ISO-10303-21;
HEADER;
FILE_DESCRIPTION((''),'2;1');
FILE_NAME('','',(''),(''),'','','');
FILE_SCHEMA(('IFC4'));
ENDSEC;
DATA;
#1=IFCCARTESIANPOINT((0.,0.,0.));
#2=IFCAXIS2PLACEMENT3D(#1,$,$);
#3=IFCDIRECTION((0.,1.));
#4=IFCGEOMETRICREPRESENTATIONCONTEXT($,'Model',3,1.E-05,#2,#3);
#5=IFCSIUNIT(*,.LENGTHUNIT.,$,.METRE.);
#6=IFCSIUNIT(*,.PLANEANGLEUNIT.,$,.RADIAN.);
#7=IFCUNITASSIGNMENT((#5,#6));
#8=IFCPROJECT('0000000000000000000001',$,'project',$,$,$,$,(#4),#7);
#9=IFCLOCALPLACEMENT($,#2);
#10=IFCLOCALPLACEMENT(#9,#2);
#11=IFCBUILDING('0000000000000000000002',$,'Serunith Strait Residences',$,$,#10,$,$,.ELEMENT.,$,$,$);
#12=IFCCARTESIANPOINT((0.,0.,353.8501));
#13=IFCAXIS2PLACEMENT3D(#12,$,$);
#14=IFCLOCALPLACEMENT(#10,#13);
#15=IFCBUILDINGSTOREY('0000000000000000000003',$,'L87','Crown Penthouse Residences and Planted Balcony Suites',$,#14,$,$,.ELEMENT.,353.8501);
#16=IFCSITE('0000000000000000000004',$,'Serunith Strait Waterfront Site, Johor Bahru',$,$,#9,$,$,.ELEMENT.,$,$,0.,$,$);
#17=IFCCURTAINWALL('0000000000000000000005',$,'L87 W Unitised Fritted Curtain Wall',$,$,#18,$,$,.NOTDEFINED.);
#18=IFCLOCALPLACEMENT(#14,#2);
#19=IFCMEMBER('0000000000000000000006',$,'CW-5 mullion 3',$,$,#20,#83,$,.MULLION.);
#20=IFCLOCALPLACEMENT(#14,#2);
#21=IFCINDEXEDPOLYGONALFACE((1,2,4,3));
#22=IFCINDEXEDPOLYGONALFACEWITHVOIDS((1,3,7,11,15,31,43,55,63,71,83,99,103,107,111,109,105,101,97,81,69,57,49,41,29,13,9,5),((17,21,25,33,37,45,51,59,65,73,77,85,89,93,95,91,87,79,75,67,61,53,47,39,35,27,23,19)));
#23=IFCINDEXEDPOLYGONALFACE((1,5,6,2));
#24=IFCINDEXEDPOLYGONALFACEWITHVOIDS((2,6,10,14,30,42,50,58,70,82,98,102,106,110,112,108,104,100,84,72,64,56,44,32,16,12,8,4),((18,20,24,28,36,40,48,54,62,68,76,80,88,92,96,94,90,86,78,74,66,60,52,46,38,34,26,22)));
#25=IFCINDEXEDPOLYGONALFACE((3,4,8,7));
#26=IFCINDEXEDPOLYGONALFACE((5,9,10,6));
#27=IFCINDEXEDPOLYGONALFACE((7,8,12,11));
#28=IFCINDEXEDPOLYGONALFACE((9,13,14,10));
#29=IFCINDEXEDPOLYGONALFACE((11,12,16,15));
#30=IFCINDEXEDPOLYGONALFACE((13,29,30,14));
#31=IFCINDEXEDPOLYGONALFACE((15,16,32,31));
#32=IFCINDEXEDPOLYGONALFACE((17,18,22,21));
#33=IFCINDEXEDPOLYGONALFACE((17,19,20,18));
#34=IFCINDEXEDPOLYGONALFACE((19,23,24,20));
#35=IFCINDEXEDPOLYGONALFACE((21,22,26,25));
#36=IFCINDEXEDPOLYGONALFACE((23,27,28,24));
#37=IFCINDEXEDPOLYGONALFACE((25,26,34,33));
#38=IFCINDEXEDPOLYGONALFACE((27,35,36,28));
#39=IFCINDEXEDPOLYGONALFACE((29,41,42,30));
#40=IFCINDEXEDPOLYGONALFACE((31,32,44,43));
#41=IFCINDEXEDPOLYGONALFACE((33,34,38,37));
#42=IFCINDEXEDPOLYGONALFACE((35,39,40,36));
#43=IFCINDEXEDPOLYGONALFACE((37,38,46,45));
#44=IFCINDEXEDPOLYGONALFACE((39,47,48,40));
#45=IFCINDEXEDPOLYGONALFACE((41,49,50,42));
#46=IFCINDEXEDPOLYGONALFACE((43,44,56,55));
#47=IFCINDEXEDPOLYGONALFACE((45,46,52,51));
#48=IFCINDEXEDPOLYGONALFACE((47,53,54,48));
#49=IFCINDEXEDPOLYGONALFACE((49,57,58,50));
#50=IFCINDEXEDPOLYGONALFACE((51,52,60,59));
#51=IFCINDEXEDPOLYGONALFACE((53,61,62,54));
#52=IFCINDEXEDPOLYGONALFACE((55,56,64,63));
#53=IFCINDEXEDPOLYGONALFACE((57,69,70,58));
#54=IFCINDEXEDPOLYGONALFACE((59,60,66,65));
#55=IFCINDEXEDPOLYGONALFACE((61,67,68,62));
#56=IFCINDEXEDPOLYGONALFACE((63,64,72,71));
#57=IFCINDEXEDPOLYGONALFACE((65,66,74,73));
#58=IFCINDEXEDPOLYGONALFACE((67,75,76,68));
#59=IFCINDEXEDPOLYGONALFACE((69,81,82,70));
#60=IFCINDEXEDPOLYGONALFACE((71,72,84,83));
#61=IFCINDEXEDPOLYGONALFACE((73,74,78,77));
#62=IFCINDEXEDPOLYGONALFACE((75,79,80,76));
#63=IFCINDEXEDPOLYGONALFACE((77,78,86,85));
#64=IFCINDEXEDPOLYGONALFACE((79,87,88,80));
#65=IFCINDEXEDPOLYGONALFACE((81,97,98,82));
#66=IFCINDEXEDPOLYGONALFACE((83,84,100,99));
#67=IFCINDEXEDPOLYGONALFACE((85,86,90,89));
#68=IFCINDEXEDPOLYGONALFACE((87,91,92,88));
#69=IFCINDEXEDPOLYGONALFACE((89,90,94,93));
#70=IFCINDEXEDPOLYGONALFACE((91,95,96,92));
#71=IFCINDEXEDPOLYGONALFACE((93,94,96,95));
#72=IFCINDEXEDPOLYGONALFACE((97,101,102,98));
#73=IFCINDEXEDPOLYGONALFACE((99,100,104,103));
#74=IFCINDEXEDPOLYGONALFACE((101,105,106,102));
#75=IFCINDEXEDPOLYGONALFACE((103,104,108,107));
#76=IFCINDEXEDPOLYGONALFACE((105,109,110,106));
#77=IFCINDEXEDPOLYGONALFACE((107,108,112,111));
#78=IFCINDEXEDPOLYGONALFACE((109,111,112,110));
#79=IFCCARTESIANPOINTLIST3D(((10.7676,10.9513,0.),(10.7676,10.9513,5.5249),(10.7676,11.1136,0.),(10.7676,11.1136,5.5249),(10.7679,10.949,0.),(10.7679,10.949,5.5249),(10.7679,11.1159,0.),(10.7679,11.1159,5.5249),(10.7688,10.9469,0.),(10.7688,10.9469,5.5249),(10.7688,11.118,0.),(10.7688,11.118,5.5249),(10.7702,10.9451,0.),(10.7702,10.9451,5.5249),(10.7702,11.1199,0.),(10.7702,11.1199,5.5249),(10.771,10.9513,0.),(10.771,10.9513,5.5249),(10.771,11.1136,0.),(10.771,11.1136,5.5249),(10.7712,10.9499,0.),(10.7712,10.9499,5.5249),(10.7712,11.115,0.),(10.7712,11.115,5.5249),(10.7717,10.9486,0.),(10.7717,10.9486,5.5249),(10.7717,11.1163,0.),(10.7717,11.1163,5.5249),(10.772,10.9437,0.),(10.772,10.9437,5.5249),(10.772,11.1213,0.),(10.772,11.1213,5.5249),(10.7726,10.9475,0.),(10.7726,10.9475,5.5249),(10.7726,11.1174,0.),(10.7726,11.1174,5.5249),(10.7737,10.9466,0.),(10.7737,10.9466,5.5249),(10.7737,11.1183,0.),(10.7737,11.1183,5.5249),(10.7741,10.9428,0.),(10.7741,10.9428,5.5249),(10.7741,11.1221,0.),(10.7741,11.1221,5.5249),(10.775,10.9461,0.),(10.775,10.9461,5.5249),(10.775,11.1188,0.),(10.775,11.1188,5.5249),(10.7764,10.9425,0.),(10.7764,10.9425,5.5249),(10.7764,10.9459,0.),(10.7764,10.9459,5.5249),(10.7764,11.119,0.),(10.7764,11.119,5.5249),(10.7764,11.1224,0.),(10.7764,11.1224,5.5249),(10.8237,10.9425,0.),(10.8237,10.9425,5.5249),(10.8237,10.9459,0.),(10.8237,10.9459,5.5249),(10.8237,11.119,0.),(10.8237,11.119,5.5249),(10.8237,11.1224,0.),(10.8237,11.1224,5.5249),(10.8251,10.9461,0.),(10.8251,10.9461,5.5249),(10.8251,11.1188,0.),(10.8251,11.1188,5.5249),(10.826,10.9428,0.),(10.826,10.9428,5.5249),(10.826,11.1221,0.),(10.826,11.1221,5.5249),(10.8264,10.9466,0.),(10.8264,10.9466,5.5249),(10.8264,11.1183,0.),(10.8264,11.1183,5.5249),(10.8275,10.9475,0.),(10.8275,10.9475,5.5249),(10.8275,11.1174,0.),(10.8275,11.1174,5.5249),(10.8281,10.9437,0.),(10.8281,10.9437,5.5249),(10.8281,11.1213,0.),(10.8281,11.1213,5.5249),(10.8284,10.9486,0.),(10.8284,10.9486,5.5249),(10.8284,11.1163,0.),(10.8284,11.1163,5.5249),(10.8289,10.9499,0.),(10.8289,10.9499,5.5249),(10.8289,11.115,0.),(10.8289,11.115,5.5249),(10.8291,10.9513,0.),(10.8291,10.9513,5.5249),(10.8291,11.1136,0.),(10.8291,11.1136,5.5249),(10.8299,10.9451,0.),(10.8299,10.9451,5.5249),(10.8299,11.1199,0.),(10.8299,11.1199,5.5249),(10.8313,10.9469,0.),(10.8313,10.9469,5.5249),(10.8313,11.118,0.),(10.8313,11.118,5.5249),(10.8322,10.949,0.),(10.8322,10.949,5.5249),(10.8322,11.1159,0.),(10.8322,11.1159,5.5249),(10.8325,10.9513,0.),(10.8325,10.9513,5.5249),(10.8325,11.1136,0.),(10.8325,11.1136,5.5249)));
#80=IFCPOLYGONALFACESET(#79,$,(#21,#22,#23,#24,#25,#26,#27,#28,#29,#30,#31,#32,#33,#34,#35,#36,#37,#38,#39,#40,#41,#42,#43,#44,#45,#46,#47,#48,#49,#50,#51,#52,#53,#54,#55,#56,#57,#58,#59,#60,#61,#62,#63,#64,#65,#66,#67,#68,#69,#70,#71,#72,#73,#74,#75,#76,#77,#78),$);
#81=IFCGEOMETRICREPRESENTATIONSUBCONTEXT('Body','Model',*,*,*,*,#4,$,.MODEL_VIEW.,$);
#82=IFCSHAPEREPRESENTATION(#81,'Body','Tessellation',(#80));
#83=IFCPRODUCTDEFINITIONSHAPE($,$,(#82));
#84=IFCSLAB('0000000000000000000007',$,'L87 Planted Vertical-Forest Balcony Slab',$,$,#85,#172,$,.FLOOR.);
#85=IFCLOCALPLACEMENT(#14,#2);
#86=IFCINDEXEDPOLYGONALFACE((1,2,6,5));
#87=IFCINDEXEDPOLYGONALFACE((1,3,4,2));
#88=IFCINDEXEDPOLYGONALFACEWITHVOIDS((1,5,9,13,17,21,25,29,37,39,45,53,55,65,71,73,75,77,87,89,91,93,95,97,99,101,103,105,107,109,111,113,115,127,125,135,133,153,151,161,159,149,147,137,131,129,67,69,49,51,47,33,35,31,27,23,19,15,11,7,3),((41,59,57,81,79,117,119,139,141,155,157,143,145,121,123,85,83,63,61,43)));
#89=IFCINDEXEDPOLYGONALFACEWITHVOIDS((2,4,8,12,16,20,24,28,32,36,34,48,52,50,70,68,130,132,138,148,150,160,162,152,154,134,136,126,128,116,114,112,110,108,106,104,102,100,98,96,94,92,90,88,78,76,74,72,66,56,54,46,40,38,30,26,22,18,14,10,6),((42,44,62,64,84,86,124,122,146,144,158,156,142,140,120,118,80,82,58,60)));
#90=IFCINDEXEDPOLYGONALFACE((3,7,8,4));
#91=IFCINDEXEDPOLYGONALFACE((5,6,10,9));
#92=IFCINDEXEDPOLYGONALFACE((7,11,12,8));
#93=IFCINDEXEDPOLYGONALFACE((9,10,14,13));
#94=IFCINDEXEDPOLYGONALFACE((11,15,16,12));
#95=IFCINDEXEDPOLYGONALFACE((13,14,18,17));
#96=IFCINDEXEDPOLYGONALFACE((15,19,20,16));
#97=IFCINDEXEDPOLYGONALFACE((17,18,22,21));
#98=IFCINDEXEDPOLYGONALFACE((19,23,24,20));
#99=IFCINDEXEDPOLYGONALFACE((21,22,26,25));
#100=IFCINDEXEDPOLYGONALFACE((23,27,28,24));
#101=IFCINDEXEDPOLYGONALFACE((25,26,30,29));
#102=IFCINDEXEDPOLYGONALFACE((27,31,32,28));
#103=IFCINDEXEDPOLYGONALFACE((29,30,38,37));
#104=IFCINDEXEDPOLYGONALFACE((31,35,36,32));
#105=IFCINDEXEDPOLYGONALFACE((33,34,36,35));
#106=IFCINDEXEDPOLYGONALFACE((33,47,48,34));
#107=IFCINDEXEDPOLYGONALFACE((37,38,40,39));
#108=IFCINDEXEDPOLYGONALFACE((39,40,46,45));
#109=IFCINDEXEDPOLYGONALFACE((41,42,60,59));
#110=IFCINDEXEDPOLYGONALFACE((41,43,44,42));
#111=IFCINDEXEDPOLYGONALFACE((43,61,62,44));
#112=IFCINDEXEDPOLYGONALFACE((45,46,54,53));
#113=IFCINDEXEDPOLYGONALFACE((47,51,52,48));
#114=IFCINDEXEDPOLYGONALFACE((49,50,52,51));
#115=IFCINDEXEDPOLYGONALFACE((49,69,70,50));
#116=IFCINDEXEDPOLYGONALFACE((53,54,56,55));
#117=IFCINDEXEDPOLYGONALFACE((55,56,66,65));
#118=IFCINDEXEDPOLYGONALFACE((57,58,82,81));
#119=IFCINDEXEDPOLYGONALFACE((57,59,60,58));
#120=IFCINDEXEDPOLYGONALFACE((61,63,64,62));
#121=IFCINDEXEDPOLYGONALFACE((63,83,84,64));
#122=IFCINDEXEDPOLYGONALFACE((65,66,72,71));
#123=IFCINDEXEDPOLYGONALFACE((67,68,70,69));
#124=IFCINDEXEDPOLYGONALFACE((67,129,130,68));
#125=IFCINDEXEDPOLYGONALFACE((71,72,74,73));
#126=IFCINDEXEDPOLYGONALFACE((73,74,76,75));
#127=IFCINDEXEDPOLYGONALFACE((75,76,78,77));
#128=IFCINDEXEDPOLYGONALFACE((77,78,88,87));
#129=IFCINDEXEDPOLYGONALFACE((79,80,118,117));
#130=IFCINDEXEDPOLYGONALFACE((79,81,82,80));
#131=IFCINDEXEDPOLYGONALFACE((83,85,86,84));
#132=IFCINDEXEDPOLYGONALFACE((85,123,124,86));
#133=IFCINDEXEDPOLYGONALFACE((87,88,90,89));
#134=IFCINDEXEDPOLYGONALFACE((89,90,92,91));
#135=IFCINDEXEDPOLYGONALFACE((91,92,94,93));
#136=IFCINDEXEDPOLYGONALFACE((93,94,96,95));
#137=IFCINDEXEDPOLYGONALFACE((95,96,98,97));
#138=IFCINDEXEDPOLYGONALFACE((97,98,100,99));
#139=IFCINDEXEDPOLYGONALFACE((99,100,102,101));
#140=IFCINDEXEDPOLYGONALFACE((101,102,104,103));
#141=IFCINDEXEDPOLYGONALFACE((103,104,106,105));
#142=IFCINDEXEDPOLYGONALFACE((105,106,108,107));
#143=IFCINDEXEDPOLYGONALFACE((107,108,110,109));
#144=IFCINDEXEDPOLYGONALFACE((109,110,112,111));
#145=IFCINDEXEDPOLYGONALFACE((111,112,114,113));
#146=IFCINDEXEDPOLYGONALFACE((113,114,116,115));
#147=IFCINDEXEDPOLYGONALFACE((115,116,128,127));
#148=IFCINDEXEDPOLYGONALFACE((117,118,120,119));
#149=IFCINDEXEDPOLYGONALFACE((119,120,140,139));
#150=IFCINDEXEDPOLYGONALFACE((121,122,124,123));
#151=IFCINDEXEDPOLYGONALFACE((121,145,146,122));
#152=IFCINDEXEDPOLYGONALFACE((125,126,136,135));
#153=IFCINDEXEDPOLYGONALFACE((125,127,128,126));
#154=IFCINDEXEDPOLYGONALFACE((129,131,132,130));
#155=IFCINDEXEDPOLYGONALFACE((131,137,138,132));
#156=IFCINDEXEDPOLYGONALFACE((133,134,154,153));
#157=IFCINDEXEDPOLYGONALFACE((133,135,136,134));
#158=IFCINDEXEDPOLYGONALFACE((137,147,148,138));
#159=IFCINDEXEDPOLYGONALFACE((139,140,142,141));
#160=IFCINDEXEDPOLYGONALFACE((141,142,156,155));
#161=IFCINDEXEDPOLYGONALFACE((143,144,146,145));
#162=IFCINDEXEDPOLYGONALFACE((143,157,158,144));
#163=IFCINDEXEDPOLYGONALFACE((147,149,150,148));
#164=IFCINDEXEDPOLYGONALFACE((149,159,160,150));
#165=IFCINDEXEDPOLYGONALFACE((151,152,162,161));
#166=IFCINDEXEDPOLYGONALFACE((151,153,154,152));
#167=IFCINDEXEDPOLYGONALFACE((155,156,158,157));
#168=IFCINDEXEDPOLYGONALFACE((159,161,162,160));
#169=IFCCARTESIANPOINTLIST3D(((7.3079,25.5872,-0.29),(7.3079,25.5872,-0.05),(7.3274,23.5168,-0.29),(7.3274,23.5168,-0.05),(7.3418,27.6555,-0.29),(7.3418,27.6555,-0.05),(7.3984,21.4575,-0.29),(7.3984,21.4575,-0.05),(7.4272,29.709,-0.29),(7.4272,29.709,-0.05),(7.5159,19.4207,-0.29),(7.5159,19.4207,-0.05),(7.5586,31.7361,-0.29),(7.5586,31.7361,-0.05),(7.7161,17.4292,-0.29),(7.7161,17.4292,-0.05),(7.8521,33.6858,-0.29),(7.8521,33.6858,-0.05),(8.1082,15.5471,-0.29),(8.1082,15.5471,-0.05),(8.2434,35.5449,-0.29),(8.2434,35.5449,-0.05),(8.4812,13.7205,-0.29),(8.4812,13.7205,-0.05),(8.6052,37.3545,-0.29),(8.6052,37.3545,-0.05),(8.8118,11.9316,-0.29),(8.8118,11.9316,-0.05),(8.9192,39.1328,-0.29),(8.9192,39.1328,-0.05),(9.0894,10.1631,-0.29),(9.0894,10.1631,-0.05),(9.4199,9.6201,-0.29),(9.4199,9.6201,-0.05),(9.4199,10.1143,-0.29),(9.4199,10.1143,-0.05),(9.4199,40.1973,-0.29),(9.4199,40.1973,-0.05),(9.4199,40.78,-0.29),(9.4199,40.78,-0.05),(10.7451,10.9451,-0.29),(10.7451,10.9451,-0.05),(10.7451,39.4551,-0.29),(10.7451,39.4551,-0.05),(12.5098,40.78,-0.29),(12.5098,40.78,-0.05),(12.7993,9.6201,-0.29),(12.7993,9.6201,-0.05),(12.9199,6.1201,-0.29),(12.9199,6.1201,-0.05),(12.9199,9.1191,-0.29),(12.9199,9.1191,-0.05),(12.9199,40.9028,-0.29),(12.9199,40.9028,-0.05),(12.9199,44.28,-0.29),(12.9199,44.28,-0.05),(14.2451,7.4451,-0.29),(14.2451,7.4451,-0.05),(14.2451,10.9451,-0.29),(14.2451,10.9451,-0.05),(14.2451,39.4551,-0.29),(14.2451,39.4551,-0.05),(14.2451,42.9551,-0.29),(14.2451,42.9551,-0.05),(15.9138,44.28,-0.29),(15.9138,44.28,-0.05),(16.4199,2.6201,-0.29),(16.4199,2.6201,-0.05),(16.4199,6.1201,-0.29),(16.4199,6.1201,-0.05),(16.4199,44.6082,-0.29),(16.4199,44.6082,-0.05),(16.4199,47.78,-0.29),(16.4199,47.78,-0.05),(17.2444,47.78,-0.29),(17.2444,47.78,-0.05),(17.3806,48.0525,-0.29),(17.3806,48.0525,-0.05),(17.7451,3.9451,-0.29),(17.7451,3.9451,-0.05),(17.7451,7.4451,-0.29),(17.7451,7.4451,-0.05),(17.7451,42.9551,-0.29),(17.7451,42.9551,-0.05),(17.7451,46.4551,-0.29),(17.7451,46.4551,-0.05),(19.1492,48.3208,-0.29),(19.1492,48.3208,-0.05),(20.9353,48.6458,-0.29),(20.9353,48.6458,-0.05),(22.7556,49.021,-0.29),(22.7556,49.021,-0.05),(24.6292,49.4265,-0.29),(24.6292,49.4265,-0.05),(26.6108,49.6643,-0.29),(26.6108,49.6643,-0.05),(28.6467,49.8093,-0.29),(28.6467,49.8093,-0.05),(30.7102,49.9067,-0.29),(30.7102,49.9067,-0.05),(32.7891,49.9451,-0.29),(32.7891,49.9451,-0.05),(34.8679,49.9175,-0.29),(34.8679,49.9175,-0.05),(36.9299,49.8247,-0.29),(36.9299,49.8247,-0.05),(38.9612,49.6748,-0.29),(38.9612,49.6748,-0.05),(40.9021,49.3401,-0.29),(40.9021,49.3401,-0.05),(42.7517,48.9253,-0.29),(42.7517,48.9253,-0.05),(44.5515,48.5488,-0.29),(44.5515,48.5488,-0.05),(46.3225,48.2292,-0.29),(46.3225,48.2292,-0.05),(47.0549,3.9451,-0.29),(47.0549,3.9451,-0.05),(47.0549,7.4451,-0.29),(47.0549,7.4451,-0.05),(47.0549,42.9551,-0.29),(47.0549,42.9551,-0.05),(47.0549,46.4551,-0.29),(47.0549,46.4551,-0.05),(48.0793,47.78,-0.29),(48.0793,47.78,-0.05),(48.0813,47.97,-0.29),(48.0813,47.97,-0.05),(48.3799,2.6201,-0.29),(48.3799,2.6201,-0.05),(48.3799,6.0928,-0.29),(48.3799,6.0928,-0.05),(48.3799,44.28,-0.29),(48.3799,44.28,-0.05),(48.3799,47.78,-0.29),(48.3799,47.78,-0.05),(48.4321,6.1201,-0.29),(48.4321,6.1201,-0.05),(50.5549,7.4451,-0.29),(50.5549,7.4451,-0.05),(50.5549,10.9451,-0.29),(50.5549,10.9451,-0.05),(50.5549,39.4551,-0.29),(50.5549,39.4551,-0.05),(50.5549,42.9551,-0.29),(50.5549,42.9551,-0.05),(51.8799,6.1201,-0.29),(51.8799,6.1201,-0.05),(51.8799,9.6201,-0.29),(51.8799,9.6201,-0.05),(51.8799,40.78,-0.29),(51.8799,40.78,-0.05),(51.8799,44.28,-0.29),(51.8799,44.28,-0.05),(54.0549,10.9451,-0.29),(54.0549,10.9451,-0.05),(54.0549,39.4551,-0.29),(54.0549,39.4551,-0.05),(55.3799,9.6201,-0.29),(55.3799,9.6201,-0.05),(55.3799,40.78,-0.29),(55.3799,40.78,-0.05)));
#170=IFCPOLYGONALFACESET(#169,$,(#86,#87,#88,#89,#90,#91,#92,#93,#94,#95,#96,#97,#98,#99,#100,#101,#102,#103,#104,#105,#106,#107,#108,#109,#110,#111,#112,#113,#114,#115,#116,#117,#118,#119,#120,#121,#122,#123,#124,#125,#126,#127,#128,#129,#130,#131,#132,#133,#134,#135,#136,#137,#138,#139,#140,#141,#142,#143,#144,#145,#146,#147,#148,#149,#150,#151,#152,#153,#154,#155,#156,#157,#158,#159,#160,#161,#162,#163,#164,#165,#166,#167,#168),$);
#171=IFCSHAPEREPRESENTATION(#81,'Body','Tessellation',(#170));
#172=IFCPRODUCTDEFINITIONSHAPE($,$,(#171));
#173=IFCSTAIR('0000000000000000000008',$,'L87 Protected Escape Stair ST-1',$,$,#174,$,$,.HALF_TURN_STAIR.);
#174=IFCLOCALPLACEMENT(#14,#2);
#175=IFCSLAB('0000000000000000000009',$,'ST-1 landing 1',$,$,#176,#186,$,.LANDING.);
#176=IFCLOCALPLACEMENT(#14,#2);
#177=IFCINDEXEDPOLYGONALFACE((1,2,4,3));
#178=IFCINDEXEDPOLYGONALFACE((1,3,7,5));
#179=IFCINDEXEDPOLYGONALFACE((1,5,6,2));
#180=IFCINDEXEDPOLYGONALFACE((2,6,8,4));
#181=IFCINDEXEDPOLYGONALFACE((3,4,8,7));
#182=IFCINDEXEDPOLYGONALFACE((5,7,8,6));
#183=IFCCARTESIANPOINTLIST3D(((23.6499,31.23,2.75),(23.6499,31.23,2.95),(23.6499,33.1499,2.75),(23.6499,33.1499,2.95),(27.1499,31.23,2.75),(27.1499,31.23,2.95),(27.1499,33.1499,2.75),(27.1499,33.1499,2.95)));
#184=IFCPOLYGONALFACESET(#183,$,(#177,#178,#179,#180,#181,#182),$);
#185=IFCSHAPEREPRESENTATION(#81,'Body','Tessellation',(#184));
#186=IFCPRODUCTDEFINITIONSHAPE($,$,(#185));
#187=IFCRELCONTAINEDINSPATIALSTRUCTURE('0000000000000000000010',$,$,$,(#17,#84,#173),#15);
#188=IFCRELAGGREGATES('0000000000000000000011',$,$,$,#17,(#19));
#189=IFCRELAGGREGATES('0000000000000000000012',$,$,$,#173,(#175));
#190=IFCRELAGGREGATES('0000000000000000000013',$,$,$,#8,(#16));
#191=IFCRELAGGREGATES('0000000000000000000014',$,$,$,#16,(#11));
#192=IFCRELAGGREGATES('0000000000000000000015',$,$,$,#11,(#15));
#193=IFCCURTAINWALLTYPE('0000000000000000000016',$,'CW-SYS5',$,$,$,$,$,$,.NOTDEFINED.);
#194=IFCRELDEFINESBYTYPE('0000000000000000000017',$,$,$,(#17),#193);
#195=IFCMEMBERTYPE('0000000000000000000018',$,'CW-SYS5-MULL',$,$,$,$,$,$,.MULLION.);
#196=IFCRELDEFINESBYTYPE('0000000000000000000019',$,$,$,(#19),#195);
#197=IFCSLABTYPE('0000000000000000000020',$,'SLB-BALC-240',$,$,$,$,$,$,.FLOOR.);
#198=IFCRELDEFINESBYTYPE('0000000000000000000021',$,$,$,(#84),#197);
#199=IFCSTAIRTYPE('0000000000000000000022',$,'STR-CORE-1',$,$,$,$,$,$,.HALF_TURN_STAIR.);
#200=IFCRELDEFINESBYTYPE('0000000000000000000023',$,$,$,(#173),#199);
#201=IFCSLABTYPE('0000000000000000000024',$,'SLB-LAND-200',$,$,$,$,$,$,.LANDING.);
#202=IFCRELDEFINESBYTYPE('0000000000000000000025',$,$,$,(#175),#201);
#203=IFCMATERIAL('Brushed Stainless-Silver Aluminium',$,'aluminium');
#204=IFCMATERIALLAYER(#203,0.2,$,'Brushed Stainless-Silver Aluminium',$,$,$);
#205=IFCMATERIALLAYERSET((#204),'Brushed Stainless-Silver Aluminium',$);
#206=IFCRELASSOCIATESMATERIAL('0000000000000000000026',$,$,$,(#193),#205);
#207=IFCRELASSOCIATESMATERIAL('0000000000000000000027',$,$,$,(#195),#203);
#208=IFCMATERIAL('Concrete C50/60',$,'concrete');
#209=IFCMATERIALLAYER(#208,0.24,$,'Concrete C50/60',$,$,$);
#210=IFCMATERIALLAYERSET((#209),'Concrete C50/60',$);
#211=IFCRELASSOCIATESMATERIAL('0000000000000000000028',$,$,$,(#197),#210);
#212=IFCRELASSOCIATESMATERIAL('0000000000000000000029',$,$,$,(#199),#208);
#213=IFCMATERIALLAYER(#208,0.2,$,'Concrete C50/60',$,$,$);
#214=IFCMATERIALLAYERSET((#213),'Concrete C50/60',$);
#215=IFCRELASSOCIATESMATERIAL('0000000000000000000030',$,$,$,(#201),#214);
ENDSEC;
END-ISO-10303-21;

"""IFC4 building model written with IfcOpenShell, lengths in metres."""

from ifc_helpers import new_model, si_unit, direction, frame, origin, origin_2d, place, context, subcontext, project, spatial, polyline, hollow_rectangle, outline, extrude, source, transform, mapped, material, layer, layer_set, material_profile, profile_set, type_object, element, aggregate, save


model = new_model("IFC4")

# Units and contexts
model_context = context("Model", 3, precision=1e-05, world=origin(), true_north=direction((0.0, 1.0)))
body_context = subcontext(model_context, "Body", "Model", "MODEL_VIEW")
ifc_project = project(units=[si_unit("LENGTHUNIT", "METRE"), si_unit("PLANEANGLEUNIT", "RADIAN")], contexts=[model_context])

# Site, building, storey
site_placement = place(None, origin())
site = spatial("IfcSite", under=ifc_project, at=site_placement, Name="Serunith Strait Waterfront Site, Johor Bahru", CompositionType="ELEMENT", RefElevation=0.0)
building_placement = place(site_placement, origin())
building = spatial("IfcBuilding", under=site, at=building_placement, Name="Serunith Strait Residences", CompositionType="ELEMENT")
storey_placement = place(building_placement, frame((0.0, 0.0, 353.8501)))
storey = spatial("IfcBuildingStorey", under=building, at=storey_placement, Name="L87", Description="Crown Penthouse Residences and Planted Balcony Suites", CompositionType="ELEMENT", Elevation=353.8501)

# Shared definitions
ifc_material_1 = material(Name="Brushed Stainless-Silver Aluminium", Category="aluminium")
ifc_layer_1 = layer(ifc_material_1, 0.2, Name="Brushed Stainless-Silver Aluminium")
ifc_layer_set_1 = layer_set([ifc_layer_1], Name="Brushed Stainless-Silver Aluminium")
curtain_wall_type = type_object("IfcCurtainWallType", Name="CW-SYS5", PredefinedType="NOTDEFINED", material=ifc_layer_set_1)
ifc_material_profile_1 = material_profile(ifc_material_1, hollow_rectangle(XDim=0.0649, YDim=0.1799, WallThickness=0.0034, InnerFilletRadius=0.0054, OuterFilletRadius=0.0088, at=origin_2d()), Name="ALU 180x65x3.5")
ifc_profile_set_1 = profile_set([ifc_material_profile_1], Name="Brushed Stainless-Silver Aluminium")
member_type_1 = type_object("IfcMemberType", Name="CW-SYS5-MULL", PredefinedType="MULLION", material=ifc_profile_set_1)
shared_shape_1 = source(origin(), body_context, "Body", "SweptSolid", [
    extrude(hollow_rectangle(XDim=0.0649, YDim=0.1799, WallThickness=0.0034, InnerFilletRadius=0.0054, OuterFilletRadius=0.0088, at=origin_2d()), origin(), (0.0, 0.0, 1.0), 5.5249),
])

# Curtain wall, member
curtain_wall_1_placement = place(storey_placement, origin())
curtain_wall_1 = element("IfcCurtainWall", 1, at=curtain_wall_1_placement, inside=storey, type_object=curtain_wall_type, Name="L87 W Unitised Fritted Curtain Wall", PredefinedType="NOTDEFINED")
member_1_placement = place(storey_placement, frame((10.8, 11.0325, 0.0), z_axis=(0.0, 0.0, 1.0), x_axis=(1.0, 0.0, 0.0)))
member_1 = element("IfcMember", 2, at=member_1_placement, type_object=member_type_1, Name="CW-5 mullion 3", PredefinedType="MULLION", context=body_context, shape_type="MappedRepresentation", body=[
    mapped(shared_shape_1, transform((0.0, 0.0, 0.0), scale=1.0)),
])
aggregate(curtain_wall_1, [member_1])

# Slab
ifc_material_2 = material(Name="Concrete C50/60", Category="concrete")
ifc_layer_2 = layer(ifc_material_2, 0.24, Name="Concrete C50/60")
ifc_layer_set_2 = layer_set([ifc_layer_2], Name="Concrete C50/60")
slab_type_1 = type_object("IfcSlabType", Name="SLB-BALC-240", PredefinedType="FLOOR", material=ifc_layer_set_2)
slab_1_placement = place(storey_placement, frame((0.0, 0.0, -0.29)))
element("IfcSlab", 3, at=slab_1_placement, inside=storey, type_object=slab_type_1, Name="L87 Planted Vertical-Forest Balcony Slab", PredefinedType="FLOOR", context=body_context, shape_type="SweptSolid", body=[
    extrude(outline(polyline([(9.4199, 9.6201), (9.4199, 10.1143), (9.0894, 10.1631), (8.8118, 11.9316), (8.4812, 13.7205), (8.1082, 15.5471), (7.7161, 17.4292), (7.5159, 19.4207), (7.3984, 21.4575), (7.3274, 23.5168), (7.3079, 25.5872), (7.3418, 27.6555), (7.4272, 29.709), (7.5586, 31.7361), (7.8521, 33.6858), (8.2434, 35.5449), (8.6052, 37.3545), (8.9192, 39.1328), (9.4199, 40.1973), (9.4199, 40.78), (12.5098, 40.78), (12.9199, 40.9028), (12.9199, 44.28), (15.9138, 44.28), (16.4199, 44.6082), (16.4199, 47.78), (17.2444, 47.78), (17.3806, 48.0525), (19.1492, 48.3208), (20.9353, 48.6458), (22.7556, 49.021), (24.6292, 49.4265), (26.6108, 49.6643), (28.6467, 49.8093), (30.7102, 49.9067), (32.7891, 49.9451), (34.8679, 49.9175), (36.9299, 49.8247), (38.9612, 49.6748), (40.9021, 49.3401), (42.7517, 48.9253), (44.5515, 48.5488), (46.3225, 48.2292), (48.0813, 47.97), (48.0793, 47.78), (48.3799, 47.78), (48.3799, 44.28), (51.8799, 44.28), (51.8799, 40.78), (55.3799, 40.78), (55.3799, 9.6201), (51.8799, 9.6201), (51.8799, 6.1201), (48.4321, 6.1201), (48.3799, 6.0928), (48.3799, 2.6201), (16.4199, 2.6201), (16.4199, 6.1201), (12.9199, 6.1201), (12.9199, 9.1191), (12.7993, 9.6201), (9.4199, 9.6201)]), holes=[polyline([(47.0549, 3.9451), (47.0549, 7.4451), (50.5549, 7.4451), (50.5549, 10.9451), (54.0549, 10.9451), (54.0549, 39.4551), (50.5549, 39.4551), (50.5549, 42.9551), (47.0549, 42.9551), (47.0549, 46.4551), (17.7451, 46.4551), (17.7451, 42.9551), (14.2451, 42.9551), (14.2451, 39.4551), (10.7451, 39.4551), (10.7451, 10.9451), (14.2451, 10.9451), (14.2451, 7.4451), (17.7451, 7.4451), (17.7451, 3.9451), (47.0549, 3.9451)])]), origin(), (0.0, 0.0, 1.0), 0.24),
])

# Stair, slab
stair_type_1 = type_object("IfcStairType", Name="STR-CORE-1", PredefinedType="HALF_TURN_STAIR", material=ifc_material_2)
stair_1_placement = place(storey_placement, origin())
stair_1 = element("IfcStair", 4, at=stair_1_placement, inside=storey, type_object=stair_type_1, Name="L87 Protected Escape Stair ST-1", PredefinedType="HALF_TURN_STAIR")
ifc_layer_3 = layer(ifc_material_2, 0.2, Name="Concrete C50/60")
ifc_layer_set_3 = layer_set([ifc_layer_3], Name="Concrete C50/60")
slab_type_2 = type_object("IfcSlabType", Name="SLB-LAND-200", PredefinedType="LANDING", material=ifc_layer_set_3)
slab_2_placement = place(storey_placement, frame((0.0, 0.0, 2.75)))
slab_2 = element("IfcSlab", 5, at=slab_2_placement, type_object=slab_type_2, Name="ST-1 landing 1", PredefinedType="LANDING", context=body_context, shape_type="SweptSolid", body=[
    extrude(outline(polyline([(27.1499, 31.23), (27.1499, 33.1499), (23.6499, 33.1499), (23.6499, 31.23), (27.1499, 31.23)])), origin(), (0.0, 0.0, 1.0), 0.2),
])
aggregate(stair_1, [slab_2])

save(model, "model.ifc")
